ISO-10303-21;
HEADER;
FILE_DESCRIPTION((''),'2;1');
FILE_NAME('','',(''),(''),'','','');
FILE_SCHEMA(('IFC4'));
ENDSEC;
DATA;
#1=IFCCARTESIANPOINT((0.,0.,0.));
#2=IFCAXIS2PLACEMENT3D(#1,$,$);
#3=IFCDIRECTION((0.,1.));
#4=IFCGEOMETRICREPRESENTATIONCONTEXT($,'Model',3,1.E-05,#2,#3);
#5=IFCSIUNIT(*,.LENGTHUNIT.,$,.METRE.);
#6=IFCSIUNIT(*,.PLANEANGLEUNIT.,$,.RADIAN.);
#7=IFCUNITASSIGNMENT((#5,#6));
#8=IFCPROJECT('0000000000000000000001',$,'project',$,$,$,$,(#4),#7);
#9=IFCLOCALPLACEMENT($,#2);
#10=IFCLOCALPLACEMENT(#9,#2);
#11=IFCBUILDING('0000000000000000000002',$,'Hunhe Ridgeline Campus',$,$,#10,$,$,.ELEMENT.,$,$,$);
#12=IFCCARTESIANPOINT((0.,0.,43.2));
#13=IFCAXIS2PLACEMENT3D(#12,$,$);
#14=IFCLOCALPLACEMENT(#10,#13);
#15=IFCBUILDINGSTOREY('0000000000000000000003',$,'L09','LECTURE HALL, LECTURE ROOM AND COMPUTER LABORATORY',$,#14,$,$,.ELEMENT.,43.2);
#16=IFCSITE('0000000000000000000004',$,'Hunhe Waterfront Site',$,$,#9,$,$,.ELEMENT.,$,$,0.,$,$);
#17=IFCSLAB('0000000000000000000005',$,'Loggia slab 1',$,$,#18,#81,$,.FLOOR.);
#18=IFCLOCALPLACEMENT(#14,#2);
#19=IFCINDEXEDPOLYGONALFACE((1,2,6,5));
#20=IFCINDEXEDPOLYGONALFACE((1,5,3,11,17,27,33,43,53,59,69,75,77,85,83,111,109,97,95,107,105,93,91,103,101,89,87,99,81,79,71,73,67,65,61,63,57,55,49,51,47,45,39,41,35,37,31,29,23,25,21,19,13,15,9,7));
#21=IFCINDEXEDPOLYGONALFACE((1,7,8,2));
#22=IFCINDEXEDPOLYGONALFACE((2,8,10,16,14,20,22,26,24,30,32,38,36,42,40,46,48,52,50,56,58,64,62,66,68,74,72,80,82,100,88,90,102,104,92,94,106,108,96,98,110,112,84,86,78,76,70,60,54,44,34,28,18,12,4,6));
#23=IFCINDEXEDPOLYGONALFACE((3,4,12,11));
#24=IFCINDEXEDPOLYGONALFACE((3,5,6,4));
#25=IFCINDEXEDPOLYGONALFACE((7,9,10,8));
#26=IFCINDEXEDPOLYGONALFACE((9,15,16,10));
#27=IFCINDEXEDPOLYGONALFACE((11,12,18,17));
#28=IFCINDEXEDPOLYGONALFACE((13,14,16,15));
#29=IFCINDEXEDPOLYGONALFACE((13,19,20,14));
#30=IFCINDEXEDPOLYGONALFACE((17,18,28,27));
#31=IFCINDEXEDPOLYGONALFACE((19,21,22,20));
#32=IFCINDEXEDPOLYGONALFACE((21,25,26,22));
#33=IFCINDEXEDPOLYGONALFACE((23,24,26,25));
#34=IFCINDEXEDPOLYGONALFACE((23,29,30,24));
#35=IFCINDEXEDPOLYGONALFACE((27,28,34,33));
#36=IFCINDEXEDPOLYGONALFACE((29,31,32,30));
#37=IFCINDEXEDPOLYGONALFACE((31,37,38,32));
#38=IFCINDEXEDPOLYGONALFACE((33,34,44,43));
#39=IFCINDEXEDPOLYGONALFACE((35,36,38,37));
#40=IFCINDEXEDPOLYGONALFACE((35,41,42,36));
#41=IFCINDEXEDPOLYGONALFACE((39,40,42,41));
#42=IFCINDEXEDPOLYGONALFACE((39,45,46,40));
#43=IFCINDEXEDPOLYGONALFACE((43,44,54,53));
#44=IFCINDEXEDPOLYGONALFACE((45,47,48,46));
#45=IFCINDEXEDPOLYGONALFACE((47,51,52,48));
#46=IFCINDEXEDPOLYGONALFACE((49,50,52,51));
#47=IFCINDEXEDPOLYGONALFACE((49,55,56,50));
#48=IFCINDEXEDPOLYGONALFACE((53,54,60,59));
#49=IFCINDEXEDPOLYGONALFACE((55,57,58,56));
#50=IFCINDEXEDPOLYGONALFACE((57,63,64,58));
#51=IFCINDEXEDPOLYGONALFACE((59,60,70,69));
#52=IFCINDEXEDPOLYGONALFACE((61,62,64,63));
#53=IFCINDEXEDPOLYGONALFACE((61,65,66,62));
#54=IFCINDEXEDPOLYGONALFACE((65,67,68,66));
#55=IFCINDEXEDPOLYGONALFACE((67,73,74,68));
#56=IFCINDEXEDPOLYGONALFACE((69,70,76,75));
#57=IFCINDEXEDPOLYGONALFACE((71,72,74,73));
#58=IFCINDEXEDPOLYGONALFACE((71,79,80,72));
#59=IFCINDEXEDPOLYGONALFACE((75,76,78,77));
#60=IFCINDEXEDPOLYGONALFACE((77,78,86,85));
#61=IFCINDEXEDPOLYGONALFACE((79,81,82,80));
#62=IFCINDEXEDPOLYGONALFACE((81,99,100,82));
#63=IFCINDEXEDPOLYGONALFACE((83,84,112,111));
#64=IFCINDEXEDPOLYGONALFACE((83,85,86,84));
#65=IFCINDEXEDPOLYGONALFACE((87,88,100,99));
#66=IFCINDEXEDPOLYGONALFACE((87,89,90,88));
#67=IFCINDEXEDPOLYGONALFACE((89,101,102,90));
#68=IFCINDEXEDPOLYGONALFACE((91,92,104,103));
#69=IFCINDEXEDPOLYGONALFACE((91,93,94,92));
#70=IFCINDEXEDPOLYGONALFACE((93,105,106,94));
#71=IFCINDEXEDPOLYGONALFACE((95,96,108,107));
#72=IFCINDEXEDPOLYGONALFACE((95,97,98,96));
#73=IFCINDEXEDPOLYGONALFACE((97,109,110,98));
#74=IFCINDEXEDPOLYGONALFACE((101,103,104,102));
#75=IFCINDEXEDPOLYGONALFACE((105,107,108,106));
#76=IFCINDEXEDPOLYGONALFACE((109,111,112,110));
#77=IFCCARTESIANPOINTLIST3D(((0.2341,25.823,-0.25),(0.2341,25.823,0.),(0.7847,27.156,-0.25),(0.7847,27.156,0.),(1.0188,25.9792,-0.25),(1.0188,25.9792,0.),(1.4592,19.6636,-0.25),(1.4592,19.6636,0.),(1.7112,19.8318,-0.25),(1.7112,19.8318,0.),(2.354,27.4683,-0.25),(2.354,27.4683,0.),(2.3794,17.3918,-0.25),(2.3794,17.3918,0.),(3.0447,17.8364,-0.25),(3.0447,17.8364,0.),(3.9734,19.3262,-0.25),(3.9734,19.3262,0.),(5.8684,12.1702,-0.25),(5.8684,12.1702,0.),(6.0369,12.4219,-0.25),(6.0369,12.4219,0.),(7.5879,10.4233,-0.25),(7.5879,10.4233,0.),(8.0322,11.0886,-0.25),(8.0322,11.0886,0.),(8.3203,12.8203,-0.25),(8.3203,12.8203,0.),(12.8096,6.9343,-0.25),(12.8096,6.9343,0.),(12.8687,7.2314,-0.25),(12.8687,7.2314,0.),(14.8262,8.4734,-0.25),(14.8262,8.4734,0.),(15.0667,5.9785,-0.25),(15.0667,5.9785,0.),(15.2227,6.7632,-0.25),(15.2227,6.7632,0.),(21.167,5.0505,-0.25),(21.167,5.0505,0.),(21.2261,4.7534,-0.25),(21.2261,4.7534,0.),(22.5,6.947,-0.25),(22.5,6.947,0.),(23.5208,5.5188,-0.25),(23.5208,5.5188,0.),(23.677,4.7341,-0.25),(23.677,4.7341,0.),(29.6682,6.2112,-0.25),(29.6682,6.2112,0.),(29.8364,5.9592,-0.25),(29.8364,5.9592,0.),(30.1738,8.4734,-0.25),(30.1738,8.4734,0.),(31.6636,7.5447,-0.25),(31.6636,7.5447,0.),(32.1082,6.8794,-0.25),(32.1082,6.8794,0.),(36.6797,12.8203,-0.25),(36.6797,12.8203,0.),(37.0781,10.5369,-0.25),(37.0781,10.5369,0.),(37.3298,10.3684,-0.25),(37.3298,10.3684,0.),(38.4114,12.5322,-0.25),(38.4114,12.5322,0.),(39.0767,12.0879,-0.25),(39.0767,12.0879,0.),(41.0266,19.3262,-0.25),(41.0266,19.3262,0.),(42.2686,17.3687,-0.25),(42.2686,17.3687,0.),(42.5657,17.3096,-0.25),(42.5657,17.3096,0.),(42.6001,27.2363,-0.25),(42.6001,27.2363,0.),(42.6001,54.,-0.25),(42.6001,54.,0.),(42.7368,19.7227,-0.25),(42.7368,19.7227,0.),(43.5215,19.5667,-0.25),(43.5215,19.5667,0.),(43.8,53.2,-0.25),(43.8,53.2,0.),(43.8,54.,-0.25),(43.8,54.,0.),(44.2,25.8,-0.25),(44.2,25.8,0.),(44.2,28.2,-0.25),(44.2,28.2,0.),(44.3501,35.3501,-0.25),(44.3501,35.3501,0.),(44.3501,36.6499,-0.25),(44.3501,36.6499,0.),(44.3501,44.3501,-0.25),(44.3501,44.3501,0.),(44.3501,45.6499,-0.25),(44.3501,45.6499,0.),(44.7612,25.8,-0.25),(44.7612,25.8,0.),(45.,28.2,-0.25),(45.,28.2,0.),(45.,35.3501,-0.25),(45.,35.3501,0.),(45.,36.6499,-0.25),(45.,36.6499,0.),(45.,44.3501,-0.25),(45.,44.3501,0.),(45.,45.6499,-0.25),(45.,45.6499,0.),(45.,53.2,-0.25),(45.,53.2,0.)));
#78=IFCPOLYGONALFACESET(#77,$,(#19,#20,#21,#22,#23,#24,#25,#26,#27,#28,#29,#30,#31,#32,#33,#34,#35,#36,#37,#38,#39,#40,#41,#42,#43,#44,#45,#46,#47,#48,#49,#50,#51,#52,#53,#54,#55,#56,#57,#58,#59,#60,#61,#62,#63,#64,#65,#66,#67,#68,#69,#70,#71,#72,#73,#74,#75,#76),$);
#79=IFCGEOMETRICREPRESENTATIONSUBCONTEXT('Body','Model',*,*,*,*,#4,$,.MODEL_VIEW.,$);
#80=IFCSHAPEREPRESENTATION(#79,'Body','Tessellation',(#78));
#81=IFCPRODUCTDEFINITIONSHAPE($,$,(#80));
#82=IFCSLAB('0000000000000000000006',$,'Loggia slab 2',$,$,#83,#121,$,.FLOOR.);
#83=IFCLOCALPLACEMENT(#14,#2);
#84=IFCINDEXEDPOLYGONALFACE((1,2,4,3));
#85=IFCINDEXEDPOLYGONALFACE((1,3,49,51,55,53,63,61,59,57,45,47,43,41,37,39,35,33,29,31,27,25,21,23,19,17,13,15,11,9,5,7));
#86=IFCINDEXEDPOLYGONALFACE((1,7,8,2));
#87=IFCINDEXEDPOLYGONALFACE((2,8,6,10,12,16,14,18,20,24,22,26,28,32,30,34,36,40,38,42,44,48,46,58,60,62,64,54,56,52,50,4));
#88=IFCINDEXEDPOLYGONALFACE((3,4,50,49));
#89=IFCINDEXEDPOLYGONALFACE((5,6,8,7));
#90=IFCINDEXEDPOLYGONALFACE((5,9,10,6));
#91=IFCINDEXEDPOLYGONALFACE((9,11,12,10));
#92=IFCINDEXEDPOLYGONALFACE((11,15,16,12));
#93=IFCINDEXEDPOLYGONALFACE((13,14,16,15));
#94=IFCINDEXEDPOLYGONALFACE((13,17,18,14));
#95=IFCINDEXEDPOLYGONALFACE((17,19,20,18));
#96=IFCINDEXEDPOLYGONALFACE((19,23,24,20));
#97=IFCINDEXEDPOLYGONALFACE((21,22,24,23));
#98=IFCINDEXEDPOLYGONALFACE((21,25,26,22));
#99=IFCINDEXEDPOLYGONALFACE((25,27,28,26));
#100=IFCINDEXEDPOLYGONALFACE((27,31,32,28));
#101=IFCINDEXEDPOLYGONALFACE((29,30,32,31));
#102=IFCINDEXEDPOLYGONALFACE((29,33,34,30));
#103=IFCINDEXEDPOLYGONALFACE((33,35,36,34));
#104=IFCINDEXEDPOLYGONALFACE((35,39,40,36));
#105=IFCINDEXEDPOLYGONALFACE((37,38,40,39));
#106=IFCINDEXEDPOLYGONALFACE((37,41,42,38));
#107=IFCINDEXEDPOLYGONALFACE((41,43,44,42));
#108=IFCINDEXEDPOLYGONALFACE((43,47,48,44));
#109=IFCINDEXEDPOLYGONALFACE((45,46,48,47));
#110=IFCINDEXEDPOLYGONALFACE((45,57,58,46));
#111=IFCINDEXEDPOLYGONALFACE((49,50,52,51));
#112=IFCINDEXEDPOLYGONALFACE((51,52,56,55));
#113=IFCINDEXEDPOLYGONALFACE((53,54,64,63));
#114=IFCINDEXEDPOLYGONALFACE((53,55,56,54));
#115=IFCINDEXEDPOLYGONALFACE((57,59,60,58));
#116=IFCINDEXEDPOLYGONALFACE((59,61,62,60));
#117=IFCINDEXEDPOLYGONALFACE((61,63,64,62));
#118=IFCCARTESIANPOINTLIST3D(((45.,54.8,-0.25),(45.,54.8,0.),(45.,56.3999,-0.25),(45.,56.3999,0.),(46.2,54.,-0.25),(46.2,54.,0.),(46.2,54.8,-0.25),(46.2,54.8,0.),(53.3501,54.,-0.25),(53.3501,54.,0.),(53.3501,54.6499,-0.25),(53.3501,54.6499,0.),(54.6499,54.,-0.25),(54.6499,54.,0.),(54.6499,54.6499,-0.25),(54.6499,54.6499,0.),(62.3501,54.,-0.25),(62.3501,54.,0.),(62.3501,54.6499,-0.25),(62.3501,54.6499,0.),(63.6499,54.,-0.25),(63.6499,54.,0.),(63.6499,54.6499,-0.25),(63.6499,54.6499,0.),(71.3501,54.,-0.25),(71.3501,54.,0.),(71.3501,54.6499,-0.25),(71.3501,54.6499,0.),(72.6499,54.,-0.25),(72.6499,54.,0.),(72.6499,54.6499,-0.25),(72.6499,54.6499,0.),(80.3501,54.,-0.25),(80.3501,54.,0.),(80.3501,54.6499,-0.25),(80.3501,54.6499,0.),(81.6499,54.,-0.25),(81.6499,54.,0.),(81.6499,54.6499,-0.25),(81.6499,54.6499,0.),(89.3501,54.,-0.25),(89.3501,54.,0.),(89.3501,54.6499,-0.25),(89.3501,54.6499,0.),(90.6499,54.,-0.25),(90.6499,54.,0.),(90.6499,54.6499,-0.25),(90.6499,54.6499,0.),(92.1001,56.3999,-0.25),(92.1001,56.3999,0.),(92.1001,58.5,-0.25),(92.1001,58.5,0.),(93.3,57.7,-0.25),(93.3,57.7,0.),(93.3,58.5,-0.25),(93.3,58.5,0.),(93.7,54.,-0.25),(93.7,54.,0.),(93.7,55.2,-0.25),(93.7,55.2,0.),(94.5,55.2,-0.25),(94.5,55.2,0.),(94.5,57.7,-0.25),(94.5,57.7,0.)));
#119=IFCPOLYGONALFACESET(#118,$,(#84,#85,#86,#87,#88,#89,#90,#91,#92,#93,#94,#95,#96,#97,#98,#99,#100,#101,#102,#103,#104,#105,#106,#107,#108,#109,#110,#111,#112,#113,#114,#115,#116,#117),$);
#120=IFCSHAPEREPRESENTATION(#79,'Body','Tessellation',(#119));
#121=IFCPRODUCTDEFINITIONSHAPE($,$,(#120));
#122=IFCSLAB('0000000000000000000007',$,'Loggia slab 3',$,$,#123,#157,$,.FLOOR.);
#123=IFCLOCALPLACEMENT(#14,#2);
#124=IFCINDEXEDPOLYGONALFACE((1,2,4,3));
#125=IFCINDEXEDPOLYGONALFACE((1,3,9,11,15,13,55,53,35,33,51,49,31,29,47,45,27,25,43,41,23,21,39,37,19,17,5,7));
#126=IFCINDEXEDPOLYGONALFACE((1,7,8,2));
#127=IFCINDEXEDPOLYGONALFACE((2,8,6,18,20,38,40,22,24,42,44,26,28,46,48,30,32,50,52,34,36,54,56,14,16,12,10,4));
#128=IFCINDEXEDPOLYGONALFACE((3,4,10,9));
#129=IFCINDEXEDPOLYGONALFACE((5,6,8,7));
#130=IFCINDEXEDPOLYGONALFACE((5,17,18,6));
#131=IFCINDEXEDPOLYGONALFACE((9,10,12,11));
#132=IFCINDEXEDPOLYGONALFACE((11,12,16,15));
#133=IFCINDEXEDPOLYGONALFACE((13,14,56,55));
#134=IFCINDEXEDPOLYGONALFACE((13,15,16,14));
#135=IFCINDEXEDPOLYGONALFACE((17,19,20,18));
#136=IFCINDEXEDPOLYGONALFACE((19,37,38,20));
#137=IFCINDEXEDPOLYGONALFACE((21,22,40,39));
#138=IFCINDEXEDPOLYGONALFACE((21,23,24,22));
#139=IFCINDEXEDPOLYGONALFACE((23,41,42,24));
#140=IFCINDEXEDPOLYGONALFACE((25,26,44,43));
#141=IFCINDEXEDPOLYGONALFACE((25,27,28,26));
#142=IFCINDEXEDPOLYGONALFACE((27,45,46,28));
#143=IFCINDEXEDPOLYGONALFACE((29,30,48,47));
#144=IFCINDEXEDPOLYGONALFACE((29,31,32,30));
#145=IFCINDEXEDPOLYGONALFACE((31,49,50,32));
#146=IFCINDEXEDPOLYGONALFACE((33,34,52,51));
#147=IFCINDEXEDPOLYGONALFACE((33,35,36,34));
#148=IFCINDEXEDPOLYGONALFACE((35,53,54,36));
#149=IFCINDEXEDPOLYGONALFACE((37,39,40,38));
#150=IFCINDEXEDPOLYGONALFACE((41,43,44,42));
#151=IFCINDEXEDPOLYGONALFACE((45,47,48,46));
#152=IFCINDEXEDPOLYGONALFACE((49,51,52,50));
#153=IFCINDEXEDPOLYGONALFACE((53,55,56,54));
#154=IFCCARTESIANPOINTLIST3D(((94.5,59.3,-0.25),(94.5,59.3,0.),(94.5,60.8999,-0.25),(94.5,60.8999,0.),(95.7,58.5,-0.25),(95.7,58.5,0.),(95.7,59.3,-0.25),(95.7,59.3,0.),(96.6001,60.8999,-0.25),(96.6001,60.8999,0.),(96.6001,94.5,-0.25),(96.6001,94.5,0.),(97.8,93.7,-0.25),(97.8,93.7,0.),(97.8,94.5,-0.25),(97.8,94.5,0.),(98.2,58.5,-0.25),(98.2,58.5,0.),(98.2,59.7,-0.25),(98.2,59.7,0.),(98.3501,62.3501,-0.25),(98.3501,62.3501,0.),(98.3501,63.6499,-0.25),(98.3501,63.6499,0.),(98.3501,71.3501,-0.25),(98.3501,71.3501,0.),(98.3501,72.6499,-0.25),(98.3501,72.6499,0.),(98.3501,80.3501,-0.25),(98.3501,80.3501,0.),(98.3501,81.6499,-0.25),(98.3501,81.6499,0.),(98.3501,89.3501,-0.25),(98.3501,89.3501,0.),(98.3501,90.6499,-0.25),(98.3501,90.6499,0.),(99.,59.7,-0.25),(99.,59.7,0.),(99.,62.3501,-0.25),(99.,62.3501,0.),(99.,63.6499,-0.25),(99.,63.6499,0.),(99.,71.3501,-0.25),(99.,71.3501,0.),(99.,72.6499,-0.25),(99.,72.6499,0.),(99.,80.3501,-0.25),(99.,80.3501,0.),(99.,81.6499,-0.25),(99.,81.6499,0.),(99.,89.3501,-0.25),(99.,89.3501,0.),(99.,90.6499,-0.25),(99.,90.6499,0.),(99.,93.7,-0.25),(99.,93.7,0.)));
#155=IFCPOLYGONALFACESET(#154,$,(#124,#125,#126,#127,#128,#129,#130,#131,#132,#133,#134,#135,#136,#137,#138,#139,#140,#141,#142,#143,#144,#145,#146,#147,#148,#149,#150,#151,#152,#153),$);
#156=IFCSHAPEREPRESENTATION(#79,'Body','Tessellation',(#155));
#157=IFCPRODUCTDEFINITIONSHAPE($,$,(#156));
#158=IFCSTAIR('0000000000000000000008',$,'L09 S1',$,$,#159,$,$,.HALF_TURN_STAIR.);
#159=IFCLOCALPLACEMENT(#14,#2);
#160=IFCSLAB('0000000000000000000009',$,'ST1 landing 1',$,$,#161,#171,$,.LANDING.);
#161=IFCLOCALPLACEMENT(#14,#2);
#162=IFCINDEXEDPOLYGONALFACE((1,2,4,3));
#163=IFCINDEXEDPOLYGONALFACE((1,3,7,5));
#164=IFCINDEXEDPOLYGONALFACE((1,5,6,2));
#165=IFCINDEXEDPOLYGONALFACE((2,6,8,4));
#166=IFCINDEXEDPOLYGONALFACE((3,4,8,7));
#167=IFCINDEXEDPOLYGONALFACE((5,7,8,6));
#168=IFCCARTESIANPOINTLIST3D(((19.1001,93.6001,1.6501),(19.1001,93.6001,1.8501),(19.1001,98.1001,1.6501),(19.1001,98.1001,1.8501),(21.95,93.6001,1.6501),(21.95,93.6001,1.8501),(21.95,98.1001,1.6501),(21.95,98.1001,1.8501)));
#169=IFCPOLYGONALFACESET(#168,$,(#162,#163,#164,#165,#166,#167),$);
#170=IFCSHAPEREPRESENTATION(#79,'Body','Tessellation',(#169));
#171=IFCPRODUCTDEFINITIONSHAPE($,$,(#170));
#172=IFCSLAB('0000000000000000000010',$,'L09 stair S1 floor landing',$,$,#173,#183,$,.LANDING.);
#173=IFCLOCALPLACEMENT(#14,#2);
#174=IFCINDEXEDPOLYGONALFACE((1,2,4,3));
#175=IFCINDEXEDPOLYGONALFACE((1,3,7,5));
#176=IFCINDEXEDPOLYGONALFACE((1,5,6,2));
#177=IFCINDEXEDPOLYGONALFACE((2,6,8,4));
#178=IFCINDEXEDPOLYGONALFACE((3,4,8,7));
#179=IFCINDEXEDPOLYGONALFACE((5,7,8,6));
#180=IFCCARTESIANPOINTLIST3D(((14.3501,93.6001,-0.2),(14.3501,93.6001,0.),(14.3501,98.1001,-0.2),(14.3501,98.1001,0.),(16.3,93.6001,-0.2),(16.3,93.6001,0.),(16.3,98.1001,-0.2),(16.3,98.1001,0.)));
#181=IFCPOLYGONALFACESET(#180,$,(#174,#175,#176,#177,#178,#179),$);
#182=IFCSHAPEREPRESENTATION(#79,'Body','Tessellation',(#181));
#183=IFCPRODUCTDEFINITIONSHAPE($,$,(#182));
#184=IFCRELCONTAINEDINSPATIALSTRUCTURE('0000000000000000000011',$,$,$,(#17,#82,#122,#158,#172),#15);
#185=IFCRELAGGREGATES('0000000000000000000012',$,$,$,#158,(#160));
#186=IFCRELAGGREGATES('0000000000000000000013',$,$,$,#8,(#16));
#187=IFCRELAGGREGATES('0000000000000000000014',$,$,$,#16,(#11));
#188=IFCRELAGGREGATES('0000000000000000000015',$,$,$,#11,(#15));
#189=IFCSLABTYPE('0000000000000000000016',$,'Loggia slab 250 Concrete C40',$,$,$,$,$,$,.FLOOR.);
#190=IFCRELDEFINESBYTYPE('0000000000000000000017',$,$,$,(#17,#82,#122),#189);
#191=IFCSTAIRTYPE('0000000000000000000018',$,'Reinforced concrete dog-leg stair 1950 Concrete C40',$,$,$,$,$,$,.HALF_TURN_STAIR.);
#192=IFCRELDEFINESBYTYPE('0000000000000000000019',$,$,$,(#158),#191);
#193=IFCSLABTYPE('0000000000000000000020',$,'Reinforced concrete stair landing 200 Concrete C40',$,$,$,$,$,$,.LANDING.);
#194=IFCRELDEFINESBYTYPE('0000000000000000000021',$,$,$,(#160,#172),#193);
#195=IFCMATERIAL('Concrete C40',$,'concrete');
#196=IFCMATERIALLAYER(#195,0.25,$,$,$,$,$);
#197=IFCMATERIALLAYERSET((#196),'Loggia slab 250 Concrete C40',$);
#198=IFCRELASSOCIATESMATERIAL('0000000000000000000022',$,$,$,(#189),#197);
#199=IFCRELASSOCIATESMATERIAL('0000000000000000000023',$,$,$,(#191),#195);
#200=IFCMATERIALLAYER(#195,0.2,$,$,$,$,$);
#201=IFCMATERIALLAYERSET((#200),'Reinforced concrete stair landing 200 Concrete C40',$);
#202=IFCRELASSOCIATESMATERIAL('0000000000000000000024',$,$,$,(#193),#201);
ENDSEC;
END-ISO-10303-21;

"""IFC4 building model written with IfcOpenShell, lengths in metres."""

from ifc_helpers import new_model, si_unit, direction, frame, origin, place, context, subcontext, project, spatial, polyline, outline, extrude, material, layer, layer_set, type_object, element, aggregate, save


model = new_model("IFC4")

# Units and contexts
model_context = context("Model", 3, precision=1e-05, world=origin(), true_north=direction((0.0, 1.0)))
body_context = subcontext(model_context, "Body", "Model", "MODEL_VIEW")
ifc_project = project(units=[si_unit("LENGTHUNIT", "METRE"), si_unit("PLANEANGLEUNIT", "RADIAN")], contexts=[model_context])

# Site, building, storey
site_placement = place(None, origin())
site = spatial("IfcSite", under=ifc_project, at=site_placement, Name="Hunhe Waterfront Site", CompositionType="ELEMENT", RefElevation=0.0)
building_placement = place(site_placement, origin())
building = spatial("IfcBuilding", under=site, at=building_placement, Name="Hunhe Ridgeline Campus", CompositionType="ELEMENT")
storey_placement = place(building_placement, frame((0.0, 0.0, 43.2)))
storey = spatial("IfcBuildingStorey", under=building, at=storey_placement, Name="L09", Description="LECTURE HALL, LECTURE ROOM AND COMPUTER LABORATORY", CompositionType="ELEMENT", Elevation=43.2)

# Slabs
ifc_material_1 = material(Name="Concrete C40", Category="concrete")
ifc_layer_1 = layer(ifc_material_1, 0.25)
ifc_layer_set_1 = layer_set([ifc_layer_1], Name="Loggia slab 250 Concrete C40")
slab_type_1 = type_object("IfcSlabType", Name="Loggia slab 250 Concrete C40", PredefinedType="FLOOR", material=ifc_layer_set_1)
slab_1_placement = place(storey_placement, frame((0.0, 0.0, -0.25)))
element("IfcSlab", 1, at=slab_1_placement, inside=storey, type_object=slab_type_1, Name="Loggia slab 1", PredefinedType="FLOOR", context=body_context, shape_type="SweptSolid", body=[
    extrude(outline(polyline([(30.1738, 8.4734), (22.5, 6.947), (14.8262, 8.4734), (8.3203, 12.8203), (3.9734, 19.3262), (2.354, 27.4683), (0.7847, 27.156), (1.0188, 25.9792), (0.2341, 25.823), (1.4592, 19.6636), (1.7112, 19.8318), (3.0447, 17.8364), (2.3794, 17.3918), (5.8684, 12.1702), (6.0369, 12.4219), (8.0322, 11.0886), (7.5879, 10.4233), (12.8096, 6.9343), (12.8687, 7.2314), (15.2227, 6.7632), (15.0667, 5.9785), (21.2261, 4.7534), (21.167, 5.0505), (23.5208, 5.5188), (23.677, 4.7341), (29.8364, 5.9592), (29.6682, 6.2112), (31.6636, 7.5447), (32.1082, 6.8794), (37.3298, 10.3684), (37.0781, 10.5369), (38.4114, 12.5322), (39.0767, 12.0879), (42.5657, 17.3096), (42.2686, 17.3687), (42.7368, 19.7227), (43.5215, 19.5667), (44.7612, 25.8), (44.2, 25.8), (44.2, 28.2), (45.0, 28.2), (45.0, 35.3501), (44.3501, 35.3501), (44.3501, 36.6499), (45.0, 36.6499), (45.0, 44.3501), (44.3501, 44.3501), (44.3501, 45.6499), (45.0, 45.6499), (45.0, 53.2), (43.8, 53.2), (43.8, 54.0), (42.6001, 54.0), (42.6001, 27.2363), (41.0266, 19.3262), (36.6797, 12.8203), (30.1738, 8.4734)])), origin(), (0.0, 0.0, 1.0), 0.25),
])
slab_2_placement = place(storey_placement, frame((0.0, 0.0, -0.25)))
element("IfcSlab", 2, at=slab_2_placement, inside=storey, type_object=slab_type_1, Name="Loggia slab 2", PredefinedType="FLOOR", context=body_context, shape_type="SweptSolid", body=[
    extrude(outline(polyline([(45.0, 54.8), (46.2, 54.8), (46.2, 54.0), (53.3501, 54.0), (53.3501, 54.6499), (54.6499, 54.6499), (54.6499, 54.0), (62.3501, 54.0), (62.3501, 54.6499), (63.6499, 54.6499), (63.6499, 54.0), (71.3501, 54.0), (71.3501, 54.6499), (72.6499, 54.6499), (72.6499, 54.0), (80.3501, 54.0), (80.3501, 54.6499), (81.6499, 54.6499), (81.6499, 54.0), (89.3501, 54.0), (89.3501, 54.6499), (90.6499, 54.6499), (90.6499, 54.0), (93.7, 54.0), (93.7, 55.2), (94.5, 55.2), (94.5, 57.7), (93.3, 57.7), (93.3, 58.5), (92.1001, 58.5), (92.1001, 56.3999), (45.0, 56.3999), (45.0, 54.8)])), origin(), (0.0, 0.0, 1.0), 0.25),
])
slab_3_placement = place(storey_placement, frame((0.0, 0.0, -0.25)))
element("IfcSlab", 3, at=slab_3_placement, inside=storey, type_object=slab_type_1, Name="Loggia slab 3", PredefinedType="FLOOR", context=body_context, shape_type="SweptSolid", body=[
    extrude(outline(polyline([(94.5, 59.3), (95.7, 59.3), (95.7, 58.5), (98.2, 58.5), (98.2, 59.7), (99.0, 59.7), (99.0, 62.3501), (98.3501, 62.3501), (98.3501, 63.6499), (99.0, 63.6499), (99.0, 71.3501), (98.3501, 71.3501), (98.3501, 72.6499), (99.0, 72.6499), (99.0, 80.3501), (98.3501, 80.3501), (98.3501, 81.6499), (99.0, 81.6499), (99.0, 89.3501), (98.3501, 89.3501), (98.3501, 90.6499), (99.0, 90.6499), (99.0, 93.7), (97.8, 93.7), (97.8, 94.5), (96.6001, 94.5), (96.6001, 60.8999), (94.5, 60.8999), (94.5, 59.3)])), origin(), (0.0, 0.0, 1.0), 0.25),
])

# Stair, slab
stair_type = type_object("IfcStairType", Name="Reinforced concrete dog-leg stair 1950 Concrete C40", PredefinedType="HALF_TURN_STAIR", material=ifc_material_1)
stair_1_placement = place(storey_placement, origin())
stair_1 = element("IfcStair", 4, at=stair_1_placement, inside=storey, type_object=stair_type, Name="L09 S1", PredefinedType="HALF_TURN_STAIR")
ifc_layer_2 = layer(ifc_material_1, 0.2)
ifc_layer_set_2 = layer_set([ifc_layer_2], Name="Reinforced concrete stair landing 200 Concrete C40")
slab_type_2 = type_object("IfcSlabType", Name="Reinforced concrete stair landing 200 Concrete C40", PredefinedType="LANDING", material=ifc_layer_set_2)
slab_4_placement = place(storey_placement, frame((0.0, 0.0, 1.6501)))
slab_4 = element("IfcSlab", 5, at=slab_4_placement, type_object=slab_type_2, Name="ST1 landing 1", PredefinedType="LANDING", context=body_context, shape_type="SweptSolid", body=[
    extrude(outline(polyline([(19.1001, 93.6001), (21.95, 93.6001), (21.95, 98.1001), (19.1001, 98.1001), (19.1001, 93.6001)])), origin(), (0.0, 0.0, 1.0), 0.2),
])
aggregate(stair_1, [slab_4])

# Slab
slab_5_placement = place(storey_placement, frame((0.0, 0.0, -0.2)))
element("IfcSlab", 6, at=slab_5_placement, inside=storey, type_object=slab_type_2, Name="L09 stair S1 floor landing", PredefinedType="LANDING", context=body_context, shape_type="SweptSolid", body=[
    extrude(outline(polyline([(14.3501, 93.6001), (16.3, 93.6001), (16.3, 98.1001), (14.3501, 98.1001), (14.3501, 93.6001)])), origin(), (0.0, 0.0, 1.0), 0.2),
])

save(model, "model.ifc")
